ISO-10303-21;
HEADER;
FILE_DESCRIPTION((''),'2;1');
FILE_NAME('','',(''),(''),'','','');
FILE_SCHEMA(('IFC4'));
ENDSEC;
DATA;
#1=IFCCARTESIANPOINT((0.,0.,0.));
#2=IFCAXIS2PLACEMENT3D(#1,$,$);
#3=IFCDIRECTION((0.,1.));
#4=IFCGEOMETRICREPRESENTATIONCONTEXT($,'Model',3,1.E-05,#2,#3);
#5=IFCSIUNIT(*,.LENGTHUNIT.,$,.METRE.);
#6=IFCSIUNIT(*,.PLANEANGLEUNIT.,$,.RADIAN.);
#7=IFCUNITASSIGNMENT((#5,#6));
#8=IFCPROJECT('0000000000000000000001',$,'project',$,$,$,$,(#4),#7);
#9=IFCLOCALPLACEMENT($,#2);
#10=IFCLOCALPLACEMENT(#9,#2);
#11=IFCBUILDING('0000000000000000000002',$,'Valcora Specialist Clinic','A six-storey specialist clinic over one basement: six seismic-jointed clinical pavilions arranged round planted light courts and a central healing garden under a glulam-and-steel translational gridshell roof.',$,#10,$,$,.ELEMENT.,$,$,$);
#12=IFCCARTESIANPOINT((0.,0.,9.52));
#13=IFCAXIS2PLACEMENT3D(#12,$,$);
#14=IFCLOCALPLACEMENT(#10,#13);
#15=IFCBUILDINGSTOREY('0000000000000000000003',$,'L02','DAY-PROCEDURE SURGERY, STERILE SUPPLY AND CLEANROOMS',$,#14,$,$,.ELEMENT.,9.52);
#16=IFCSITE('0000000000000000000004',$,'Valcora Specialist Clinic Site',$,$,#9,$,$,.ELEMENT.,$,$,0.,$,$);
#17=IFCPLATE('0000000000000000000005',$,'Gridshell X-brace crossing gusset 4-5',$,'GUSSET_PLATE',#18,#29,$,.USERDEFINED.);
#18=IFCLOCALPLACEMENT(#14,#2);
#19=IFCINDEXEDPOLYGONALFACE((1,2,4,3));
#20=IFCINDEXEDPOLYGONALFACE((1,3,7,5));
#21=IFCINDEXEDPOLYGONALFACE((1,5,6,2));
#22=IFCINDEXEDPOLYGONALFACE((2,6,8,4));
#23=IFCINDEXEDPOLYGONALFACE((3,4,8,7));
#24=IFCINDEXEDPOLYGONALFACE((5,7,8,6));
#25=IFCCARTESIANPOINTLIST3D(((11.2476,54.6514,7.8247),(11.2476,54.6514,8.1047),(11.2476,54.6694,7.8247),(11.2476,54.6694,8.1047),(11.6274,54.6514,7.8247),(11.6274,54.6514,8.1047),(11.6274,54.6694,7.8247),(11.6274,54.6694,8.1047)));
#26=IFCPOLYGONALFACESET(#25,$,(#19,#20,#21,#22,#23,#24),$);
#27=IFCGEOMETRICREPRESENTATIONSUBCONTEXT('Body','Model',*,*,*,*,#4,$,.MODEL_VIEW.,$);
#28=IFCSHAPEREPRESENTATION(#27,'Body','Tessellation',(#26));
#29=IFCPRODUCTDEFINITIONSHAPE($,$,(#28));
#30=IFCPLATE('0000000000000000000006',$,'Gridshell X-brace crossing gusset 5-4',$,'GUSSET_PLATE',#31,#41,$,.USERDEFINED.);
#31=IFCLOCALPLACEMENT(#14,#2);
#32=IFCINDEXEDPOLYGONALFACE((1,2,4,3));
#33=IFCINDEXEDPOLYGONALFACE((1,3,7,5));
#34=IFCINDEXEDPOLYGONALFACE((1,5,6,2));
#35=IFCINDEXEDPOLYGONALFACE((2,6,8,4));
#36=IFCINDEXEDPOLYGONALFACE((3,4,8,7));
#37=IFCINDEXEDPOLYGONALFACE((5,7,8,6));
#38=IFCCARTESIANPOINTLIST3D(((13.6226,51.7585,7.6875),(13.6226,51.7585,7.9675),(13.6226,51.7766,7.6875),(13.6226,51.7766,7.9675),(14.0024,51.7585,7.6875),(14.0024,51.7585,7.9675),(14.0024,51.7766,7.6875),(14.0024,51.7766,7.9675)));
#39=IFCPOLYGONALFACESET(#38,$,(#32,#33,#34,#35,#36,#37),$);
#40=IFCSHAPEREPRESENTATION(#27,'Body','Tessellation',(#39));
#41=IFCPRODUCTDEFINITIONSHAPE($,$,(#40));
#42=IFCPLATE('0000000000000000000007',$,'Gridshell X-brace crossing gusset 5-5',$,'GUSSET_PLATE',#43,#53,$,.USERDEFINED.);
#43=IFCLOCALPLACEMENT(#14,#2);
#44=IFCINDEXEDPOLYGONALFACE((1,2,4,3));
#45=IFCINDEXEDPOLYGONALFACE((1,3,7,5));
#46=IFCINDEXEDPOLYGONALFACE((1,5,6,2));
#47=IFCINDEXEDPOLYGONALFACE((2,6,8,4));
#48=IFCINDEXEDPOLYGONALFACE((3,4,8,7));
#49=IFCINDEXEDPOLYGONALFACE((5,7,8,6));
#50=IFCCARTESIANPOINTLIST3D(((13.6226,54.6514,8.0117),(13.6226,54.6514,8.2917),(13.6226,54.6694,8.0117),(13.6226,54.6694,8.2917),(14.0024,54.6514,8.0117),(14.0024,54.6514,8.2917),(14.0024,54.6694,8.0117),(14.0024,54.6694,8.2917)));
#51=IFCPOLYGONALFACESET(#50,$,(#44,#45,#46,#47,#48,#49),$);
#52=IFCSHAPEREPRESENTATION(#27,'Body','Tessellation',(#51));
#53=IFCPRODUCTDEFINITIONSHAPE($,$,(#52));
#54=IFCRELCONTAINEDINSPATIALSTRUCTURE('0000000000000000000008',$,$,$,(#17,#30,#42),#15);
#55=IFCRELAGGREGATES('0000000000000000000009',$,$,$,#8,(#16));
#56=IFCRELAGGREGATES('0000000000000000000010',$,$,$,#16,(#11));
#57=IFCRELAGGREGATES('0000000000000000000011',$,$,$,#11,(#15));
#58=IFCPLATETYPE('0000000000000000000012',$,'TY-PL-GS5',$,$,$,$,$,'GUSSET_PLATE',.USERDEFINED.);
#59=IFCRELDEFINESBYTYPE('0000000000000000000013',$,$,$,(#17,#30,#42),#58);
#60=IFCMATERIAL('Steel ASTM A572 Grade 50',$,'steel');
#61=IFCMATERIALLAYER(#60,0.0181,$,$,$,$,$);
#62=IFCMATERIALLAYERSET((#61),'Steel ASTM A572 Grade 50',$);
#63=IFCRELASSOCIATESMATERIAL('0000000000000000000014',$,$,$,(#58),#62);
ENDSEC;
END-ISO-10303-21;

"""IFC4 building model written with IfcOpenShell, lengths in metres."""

from ifc_helpers import new_model, si_unit, direction, frame, origin, origin_2d, place, context, subcontext, project, spatial, rectangle, extrude, material, layer, layer_set, type_object, element, save


model = new_model("IFC4")

# Units and contexts
model_context = context("Model", 3, precision=1e-05, world=origin(), true_north=direction((0.0, 1.0)))
body_context = subcontext(model_context, "Body", "Model", "MODEL_VIEW")
ifc_project = project(units=[si_unit("LENGTHUNIT", "METRE"), si_unit("PLANEANGLEUNIT", "RADIAN")], contexts=[model_context])

# Site, building, storey
site_placement = place(None, origin())
site = spatial("IfcSite", under=ifc_project, at=site_placement, Name="Valcora Specialist Clinic Site", CompositionType="ELEMENT", RefElevation=0.0)
building_placement = place(site_placement, origin())
building = spatial("IfcBuilding", under=site, at=building_placement, Name="Valcora Specialist Clinic", Description="A six-storey specialist clinic over one basement: six seismic-jointed clinical pavilions arranged round planted light courts and a central healing garden under a glulam-and-steel translational gridshell roof.", CompositionType="ELEMENT")
storey_placement = place(building_placement, frame((0.0, 0.0, 9.52)))
storey = spatial("IfcBuildingStorey", under=building, at=storey_placement, Name="L02", Description="DAY-PROCEDURE SURGERY, STERILE SUPPLY AND CLEANROOMS", CompositionType="ELEMENT", Elevation=9.52)

# Plates
ifc_material_1 = material(Name="Steel ASTM A572 Grade 50", Category="steel")
ifc_layer_1 = layer(ifc_material_1, 0.0181)
ifc_layer_set_1 = layer_set([ifc_layer_1], Name="Steel ASTM A572 Grade 50")
plate_type_1 = type_object("IfcPlateType", Name="TY-PL-GS5", ElementType="GUSSET_PLATE", PredefinedType="USERDEFINED", material=ifc_layer_set_1)
for number, where, z_axis, x_axis, name in (
    (1, (11.4375, 54.6604, 7.8247), (0.0, 0.0, 1.0), (1.0, 0.0, 0.0), "Gridshell X-brace crossing gusset 4-5"),
    (2, (13.8125, 51.7676, 7.6875), (0.0, 0.0, 1.0), (1.0, 0.0, 0.0), "Gridshell X-brace crossing gusset 5-4"),
    (3, (13.8125, 54.6604, 8.0117), (0.0, 0.0, 1.0), (1.0, 0.0, 0.0), "Gridshell X-brace crossing gusset 5-5"),
):
    element("IfcPlate", number, at=place(storey_placement, frame(where, z_axis=z_axis, x_axis=x_axis)), inside=storey, type_object=plate_type_1, Name=name, ObjectType="GUSSET_PLATE", PredefinedType="USERDEFINED", context=body_context, shape_type="SweptSolid", body=[
        extrude(rectangle(XDim=0.3799, YDim=0.0181, at=origin_2d()), origin(), (0.0, 0.0, 1.0), 0.28),
    ])

save(model, "model.ifc")
